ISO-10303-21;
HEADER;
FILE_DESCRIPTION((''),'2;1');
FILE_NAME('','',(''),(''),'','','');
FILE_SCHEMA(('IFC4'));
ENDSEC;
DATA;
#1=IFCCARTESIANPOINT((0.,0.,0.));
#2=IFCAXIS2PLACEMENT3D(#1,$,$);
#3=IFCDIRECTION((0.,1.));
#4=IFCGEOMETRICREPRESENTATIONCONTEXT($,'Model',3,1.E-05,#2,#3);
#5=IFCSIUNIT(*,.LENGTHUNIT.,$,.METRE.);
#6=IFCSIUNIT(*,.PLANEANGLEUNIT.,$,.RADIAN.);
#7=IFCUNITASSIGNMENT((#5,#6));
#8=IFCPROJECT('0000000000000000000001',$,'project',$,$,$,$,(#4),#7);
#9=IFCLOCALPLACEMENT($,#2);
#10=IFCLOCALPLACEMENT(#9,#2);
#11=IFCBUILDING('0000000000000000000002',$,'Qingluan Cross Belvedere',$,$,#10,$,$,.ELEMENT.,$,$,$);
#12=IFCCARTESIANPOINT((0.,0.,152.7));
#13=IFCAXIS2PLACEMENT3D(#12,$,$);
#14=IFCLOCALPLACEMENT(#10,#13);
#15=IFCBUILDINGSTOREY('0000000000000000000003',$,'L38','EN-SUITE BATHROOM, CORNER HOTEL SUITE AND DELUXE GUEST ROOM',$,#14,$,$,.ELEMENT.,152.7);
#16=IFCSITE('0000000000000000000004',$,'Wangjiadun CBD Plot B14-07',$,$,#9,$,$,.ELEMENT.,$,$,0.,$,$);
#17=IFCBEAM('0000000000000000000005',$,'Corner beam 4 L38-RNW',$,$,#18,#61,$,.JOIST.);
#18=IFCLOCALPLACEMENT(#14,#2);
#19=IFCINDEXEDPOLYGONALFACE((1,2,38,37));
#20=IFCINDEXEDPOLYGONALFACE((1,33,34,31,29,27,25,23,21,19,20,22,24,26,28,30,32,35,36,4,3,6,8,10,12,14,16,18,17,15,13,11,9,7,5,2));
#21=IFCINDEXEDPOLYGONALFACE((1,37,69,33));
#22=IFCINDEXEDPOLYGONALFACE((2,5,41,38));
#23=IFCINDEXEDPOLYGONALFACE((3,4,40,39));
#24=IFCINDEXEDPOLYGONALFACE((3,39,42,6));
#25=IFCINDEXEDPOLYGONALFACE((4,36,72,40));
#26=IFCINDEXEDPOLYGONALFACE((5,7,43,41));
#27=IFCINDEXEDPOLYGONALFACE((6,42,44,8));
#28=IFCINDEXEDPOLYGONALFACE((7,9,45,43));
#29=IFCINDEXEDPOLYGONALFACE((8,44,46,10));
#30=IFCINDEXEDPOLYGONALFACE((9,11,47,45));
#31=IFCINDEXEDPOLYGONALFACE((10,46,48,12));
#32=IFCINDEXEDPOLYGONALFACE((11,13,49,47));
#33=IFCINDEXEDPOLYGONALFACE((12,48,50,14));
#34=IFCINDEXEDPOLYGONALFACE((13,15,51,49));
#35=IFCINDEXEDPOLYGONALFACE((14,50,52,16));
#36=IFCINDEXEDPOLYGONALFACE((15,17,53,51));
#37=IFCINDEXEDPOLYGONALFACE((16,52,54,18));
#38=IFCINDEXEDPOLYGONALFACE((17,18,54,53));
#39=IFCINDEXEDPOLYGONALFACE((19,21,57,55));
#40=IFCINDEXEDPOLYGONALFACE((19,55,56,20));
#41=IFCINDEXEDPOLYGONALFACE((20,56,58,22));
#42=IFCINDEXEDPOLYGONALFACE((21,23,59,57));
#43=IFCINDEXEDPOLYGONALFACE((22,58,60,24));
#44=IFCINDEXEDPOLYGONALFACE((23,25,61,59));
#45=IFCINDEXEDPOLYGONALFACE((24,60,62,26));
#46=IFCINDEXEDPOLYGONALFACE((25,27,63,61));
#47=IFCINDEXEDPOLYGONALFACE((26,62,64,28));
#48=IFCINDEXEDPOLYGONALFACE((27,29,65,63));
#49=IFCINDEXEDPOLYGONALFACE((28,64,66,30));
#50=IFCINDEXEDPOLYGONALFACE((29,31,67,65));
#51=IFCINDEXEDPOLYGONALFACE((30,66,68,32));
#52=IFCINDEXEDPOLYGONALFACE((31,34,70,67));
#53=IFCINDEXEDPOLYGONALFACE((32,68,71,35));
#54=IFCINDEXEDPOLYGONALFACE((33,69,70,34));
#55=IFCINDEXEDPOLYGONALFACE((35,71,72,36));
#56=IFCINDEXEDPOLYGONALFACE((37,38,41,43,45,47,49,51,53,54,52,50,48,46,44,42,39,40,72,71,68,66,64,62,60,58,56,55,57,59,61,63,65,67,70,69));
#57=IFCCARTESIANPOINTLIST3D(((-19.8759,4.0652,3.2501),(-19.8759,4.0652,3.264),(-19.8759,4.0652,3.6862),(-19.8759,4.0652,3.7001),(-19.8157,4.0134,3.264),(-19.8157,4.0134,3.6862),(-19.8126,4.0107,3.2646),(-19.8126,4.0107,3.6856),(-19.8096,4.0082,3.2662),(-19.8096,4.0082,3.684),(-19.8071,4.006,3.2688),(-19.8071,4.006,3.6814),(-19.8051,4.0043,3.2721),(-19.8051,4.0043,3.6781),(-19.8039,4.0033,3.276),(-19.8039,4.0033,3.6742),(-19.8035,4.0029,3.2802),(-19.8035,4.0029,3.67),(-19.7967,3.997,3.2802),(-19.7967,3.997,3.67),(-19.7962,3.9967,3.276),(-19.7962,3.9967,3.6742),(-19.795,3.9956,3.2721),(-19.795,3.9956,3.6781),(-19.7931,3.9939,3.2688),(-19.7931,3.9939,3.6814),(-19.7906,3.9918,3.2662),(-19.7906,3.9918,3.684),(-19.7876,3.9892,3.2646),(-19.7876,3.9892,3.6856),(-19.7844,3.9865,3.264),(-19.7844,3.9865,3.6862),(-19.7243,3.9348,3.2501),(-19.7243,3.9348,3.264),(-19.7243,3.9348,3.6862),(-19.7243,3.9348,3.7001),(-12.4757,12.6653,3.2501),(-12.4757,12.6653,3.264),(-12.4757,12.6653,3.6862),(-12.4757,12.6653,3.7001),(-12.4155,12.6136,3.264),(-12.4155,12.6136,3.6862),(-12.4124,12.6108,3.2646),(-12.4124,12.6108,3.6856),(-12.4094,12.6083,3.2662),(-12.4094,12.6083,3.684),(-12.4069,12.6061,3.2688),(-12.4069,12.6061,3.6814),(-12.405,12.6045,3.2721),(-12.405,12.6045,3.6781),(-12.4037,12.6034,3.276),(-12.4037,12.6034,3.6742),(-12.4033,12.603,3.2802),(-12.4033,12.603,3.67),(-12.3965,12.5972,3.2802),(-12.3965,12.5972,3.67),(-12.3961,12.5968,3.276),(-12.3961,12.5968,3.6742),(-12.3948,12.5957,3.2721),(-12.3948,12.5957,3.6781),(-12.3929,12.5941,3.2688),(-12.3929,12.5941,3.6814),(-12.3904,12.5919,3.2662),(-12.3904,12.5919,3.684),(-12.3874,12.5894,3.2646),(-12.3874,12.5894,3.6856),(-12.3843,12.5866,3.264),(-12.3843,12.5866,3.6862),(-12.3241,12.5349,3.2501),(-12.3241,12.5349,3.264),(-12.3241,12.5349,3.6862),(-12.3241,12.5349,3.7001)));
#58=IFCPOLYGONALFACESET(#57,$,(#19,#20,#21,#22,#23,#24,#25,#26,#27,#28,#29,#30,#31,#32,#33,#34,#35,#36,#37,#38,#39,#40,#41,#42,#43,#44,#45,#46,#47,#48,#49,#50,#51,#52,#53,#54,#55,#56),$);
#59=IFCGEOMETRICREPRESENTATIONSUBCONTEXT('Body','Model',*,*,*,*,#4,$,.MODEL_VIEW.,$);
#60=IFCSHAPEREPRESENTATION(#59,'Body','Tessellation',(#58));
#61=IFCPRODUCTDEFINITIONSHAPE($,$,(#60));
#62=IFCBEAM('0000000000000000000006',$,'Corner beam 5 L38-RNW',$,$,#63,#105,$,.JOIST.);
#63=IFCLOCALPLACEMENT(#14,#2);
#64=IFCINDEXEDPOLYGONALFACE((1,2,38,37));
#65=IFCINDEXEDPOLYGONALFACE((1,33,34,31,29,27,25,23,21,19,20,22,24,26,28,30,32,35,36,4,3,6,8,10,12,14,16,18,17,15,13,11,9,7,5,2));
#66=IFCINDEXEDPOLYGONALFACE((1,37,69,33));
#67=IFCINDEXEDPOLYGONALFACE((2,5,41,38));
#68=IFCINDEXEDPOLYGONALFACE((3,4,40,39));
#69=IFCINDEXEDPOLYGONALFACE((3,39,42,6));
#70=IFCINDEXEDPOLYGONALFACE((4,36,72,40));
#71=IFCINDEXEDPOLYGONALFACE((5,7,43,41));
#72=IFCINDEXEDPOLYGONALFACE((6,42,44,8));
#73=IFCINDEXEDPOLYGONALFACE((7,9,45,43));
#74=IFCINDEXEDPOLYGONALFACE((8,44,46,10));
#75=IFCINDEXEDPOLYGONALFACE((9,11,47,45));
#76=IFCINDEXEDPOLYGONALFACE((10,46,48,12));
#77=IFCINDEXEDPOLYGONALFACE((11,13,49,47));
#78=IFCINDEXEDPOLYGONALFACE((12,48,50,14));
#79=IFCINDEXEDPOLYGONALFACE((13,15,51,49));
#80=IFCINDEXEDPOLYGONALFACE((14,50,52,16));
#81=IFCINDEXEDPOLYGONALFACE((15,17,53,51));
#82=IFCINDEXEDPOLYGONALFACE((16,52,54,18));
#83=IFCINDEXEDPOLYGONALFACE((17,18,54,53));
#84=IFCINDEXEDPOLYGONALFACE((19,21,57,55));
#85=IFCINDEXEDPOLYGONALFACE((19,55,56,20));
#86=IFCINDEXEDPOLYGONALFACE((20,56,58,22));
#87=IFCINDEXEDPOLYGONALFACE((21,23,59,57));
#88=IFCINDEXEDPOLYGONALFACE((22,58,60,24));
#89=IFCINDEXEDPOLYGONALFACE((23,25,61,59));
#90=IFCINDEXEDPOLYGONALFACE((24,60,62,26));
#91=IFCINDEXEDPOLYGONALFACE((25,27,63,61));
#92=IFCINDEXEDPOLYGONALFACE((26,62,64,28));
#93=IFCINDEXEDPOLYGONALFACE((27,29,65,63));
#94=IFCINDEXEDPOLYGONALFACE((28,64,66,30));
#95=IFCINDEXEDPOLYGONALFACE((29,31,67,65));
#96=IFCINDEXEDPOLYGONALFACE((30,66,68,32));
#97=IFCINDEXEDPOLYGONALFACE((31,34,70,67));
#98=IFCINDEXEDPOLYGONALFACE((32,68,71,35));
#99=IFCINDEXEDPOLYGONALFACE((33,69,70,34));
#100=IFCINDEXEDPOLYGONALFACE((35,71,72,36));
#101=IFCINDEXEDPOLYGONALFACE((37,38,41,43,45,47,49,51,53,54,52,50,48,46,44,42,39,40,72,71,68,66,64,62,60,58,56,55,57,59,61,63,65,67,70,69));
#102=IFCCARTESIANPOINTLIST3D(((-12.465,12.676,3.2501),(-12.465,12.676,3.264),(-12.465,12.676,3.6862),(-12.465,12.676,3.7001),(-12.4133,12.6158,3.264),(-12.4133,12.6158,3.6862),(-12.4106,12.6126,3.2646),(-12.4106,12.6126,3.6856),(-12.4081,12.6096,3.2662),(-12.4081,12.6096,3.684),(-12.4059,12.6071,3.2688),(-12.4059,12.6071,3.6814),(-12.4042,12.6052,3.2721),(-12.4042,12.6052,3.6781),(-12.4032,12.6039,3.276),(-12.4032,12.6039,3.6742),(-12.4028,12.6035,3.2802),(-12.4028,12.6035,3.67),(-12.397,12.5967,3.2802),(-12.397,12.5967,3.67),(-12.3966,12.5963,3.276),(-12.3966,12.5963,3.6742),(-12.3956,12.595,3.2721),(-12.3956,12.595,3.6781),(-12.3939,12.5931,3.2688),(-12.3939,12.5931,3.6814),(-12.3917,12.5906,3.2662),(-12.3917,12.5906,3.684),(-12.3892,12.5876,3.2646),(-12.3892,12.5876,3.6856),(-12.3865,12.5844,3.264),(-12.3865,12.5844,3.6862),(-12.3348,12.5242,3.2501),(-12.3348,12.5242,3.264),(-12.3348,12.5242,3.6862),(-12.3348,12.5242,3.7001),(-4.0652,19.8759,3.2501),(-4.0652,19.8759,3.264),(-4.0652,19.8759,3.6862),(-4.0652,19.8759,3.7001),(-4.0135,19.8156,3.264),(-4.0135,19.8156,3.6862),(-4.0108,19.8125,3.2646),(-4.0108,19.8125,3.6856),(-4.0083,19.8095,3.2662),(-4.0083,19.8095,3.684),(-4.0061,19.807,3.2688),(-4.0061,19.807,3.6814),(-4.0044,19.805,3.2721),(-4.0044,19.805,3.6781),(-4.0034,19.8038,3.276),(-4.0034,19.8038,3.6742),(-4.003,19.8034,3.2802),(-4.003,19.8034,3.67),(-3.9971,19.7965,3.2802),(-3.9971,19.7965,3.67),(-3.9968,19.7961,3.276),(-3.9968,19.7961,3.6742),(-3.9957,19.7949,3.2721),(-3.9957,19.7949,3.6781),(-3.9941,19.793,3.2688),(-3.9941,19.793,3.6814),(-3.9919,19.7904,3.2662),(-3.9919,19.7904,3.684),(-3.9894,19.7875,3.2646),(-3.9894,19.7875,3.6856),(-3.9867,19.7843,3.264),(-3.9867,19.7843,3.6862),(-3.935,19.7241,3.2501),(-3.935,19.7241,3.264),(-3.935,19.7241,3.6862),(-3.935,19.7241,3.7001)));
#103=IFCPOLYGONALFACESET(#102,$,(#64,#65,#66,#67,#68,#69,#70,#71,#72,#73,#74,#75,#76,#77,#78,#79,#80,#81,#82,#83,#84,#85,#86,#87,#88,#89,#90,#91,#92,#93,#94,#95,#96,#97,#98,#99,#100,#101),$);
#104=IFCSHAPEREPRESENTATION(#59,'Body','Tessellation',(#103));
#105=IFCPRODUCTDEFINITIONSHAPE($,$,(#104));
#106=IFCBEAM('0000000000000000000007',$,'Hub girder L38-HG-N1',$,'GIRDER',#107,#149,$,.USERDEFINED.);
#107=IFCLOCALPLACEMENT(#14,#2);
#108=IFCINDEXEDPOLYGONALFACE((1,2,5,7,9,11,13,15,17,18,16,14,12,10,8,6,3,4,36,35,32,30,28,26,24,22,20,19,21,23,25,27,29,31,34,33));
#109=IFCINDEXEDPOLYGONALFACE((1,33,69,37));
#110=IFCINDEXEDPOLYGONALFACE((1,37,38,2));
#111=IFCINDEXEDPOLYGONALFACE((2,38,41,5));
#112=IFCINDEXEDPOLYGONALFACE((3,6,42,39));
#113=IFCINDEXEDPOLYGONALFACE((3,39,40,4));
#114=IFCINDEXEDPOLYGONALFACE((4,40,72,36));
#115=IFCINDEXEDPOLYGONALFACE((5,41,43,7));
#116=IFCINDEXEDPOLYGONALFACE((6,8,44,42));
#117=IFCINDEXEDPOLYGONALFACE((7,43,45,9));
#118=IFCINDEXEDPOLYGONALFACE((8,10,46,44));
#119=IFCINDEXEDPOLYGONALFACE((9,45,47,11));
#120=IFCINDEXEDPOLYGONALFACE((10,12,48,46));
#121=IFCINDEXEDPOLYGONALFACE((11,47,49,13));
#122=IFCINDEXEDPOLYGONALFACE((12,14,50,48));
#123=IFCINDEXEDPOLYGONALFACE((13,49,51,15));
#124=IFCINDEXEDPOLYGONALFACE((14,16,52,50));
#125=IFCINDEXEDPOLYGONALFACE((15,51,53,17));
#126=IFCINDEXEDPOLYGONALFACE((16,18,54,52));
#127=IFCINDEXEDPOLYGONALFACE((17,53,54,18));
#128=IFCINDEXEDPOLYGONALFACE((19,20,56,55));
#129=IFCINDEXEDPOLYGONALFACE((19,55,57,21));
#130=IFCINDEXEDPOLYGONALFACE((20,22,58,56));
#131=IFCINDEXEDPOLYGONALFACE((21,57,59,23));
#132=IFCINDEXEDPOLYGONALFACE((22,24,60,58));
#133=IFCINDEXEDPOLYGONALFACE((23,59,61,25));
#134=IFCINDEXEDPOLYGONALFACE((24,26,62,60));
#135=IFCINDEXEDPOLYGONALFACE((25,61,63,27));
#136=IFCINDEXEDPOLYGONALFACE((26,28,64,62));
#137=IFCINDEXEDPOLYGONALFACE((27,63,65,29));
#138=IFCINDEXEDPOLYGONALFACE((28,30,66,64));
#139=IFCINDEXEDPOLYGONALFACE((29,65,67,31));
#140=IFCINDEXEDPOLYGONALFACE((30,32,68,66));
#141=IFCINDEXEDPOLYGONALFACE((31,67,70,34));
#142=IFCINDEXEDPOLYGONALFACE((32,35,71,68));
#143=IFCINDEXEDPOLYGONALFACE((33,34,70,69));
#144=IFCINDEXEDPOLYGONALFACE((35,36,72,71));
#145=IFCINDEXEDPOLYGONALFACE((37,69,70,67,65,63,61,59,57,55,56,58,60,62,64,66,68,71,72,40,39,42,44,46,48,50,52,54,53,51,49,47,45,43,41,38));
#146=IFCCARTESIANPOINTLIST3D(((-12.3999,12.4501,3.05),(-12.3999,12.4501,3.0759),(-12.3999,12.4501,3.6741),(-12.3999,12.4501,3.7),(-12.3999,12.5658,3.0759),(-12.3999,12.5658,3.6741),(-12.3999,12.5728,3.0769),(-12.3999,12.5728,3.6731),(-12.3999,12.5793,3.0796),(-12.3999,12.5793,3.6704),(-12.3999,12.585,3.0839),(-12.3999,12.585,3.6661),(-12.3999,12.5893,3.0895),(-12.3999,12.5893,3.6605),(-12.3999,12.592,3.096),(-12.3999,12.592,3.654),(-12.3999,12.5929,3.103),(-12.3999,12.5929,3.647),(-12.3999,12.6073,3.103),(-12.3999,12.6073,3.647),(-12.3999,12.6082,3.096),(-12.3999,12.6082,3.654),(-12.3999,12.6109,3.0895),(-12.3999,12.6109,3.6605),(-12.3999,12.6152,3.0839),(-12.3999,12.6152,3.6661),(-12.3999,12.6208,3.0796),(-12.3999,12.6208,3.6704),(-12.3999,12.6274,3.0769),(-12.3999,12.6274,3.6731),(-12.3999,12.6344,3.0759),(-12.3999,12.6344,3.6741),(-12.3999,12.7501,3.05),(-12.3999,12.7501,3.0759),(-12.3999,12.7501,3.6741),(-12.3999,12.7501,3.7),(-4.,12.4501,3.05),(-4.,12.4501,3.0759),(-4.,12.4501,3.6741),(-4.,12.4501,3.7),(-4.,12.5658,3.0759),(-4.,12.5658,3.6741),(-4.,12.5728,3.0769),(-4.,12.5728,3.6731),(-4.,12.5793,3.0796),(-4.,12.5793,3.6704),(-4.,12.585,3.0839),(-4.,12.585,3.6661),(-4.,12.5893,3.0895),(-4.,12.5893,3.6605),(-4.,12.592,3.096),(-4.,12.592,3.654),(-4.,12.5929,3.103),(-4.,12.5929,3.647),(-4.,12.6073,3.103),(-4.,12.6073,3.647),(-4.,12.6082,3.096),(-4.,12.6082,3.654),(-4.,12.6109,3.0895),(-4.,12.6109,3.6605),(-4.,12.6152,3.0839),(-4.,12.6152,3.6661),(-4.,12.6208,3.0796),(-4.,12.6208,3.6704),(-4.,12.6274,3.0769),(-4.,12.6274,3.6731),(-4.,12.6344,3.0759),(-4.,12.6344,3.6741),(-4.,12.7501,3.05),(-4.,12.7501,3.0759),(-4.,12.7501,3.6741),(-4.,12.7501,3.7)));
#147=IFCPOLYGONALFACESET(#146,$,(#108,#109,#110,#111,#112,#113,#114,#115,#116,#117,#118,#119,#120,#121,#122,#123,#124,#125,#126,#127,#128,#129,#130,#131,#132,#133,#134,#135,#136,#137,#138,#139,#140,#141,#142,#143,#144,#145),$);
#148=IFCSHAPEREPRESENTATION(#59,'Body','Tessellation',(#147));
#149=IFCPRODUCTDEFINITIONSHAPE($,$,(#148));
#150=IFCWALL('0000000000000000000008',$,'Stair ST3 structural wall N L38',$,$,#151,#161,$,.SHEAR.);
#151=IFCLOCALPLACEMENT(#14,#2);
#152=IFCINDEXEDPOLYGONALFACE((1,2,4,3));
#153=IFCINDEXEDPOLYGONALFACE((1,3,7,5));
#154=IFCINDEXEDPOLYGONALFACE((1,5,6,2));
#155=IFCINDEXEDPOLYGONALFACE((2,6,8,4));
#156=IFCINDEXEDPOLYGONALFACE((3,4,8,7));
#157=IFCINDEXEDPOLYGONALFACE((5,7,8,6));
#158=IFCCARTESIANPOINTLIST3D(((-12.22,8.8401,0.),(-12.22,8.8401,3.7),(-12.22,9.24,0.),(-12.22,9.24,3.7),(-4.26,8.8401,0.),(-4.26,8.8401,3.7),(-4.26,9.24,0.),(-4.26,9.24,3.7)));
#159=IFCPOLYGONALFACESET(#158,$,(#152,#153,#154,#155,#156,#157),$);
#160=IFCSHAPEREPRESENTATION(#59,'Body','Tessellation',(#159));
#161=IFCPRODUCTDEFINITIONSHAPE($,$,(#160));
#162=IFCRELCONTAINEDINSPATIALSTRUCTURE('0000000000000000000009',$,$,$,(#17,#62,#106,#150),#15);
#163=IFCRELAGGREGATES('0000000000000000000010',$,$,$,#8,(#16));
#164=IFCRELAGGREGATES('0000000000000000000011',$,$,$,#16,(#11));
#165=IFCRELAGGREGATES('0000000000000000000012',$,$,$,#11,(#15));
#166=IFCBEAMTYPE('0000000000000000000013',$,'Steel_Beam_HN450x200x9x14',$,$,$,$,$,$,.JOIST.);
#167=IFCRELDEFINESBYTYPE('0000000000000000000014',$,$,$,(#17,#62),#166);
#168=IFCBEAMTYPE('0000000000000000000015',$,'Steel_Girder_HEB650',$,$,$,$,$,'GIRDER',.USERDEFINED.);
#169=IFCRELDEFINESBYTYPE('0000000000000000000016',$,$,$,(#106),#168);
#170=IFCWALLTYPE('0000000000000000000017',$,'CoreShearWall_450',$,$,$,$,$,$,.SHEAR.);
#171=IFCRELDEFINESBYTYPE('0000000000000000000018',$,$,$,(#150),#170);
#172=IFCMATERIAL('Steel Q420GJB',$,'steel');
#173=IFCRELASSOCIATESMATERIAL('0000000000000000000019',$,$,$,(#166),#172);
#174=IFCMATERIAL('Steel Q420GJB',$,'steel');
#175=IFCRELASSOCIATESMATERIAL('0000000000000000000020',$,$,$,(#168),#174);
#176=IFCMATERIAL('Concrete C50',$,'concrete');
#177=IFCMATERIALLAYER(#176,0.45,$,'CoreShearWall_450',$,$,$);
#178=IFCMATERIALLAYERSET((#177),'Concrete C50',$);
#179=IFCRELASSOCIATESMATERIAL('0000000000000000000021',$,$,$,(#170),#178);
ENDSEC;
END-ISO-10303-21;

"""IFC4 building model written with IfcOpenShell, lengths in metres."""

from ifc_helpers import new_model, si_unit, direction, frame, frame_2d, origin, origin_2d, place, context, subcontext, project, spatial, rectangle, i_section, extrude, material, layer, layer_set, material_profile, profile_set, type_object, element, save


model = new_model("IFC4")

# Units and contexts
model_context = context("Model", 3, precision=1e-05, world=origin(), true_north=direction((0.0, 1.0)))
body_context = subcontext(model_context, "Body", "Model", "MODEL_VIEW")
ifc_project = project(units=[si_unit("LENGTHUNIT", "METRE"), si_unit("PLANEANGLEUNIT", "RADIAN")], contexts=[model_context])

# Site, building, storey
site_placement = place(None, origin())
site = spatial("IfcSite", under=ifc_project, at=site_placement, Name="Wangjiadun CBD Plot B14-07", CompositionType="ELEMENT", RefElevation=0.0)
building_placement = place(site_placement, origin())
building = spatial("IfcBuilding", under=site, at=building_placement, Name="Qingluan Cross Belvedere", CompositionType="ELEMENT")
storey_placement = place(building_placement, frame((0.0, 0.0, 152.7)))
storey = spatial("IfcBuildingStorey", under=building, at=storey_placement, Name="L38", Description="EN-SUITE BATHROOM, CORNER HOTEL SUITE AND DELUXE GUEST ROOM", CompositionType="ELEMENT", Elevation=152.7)

# Beams
ifc_material_1 = material(Name="Steel Q420GJB", Category="steel")
ifc_material_profile_1 = material_profile(ifc_material_1, i_section(OverallWidth=0.2, OverallDepth=0.45, WebThickness=0.009, FlangeThickness=0.0139, FilletRadius=0.0161, at=origin_2d()), Name="HN450x200x9x14")
ifc_profile_set_1 = profile_set([ifc_material_profile_1], Name="Steel Q420GJB")
beam_type_1 = type_object("IfcBeamType", Name="Steel_Beam_HN450x200x9x14", PredefinedType="JOIST", material=ifc_profile_set_1)
beam_1_placement = place(storey_placement, frame((-12.3999, 12.6001, 3.4751), z_axis=(-0.652245, -0.758008, 0.0), x_axis=(0.758008, -0.652245, 0.0)))
element("IfcBeam", 1, at=beam_1_placement, inside=storey, type_object=beam_type_1, Name="Corner beam 4 L38-RNW", PredefinedType="JOIST", context=body_context, shape_type="SweptSolid", body=[
    extrude(i_section(OverallWidth=0.2, OverallDepth=0.45, WebThickness=0.009, FlangeThickness=0.0139, FilletRadius=0.0161, at=origin_2d()), origin(), (0.0, 0.0, 1.0), 11.3457),
])
beam_2_placement = place(storey_placement, frame((-12.3999, 12.6001, 3.4751), z_axis=(0.759255, 0.650793, 0.0), x_axis=(-0.650793, 0.759255, 0.0)))
element("IfcBeam", 2, at=beam_2_placement, inside=storey, type_object=beam_type_1, Name="Corner beam 5 L38-RNW", PredefinedType="JOIST", context=body_context, shape_type="SweptSolid", body=[
    extrude(i_section(OverallWidth=0.2, OverallDepth=0.45, WebThickness=0.009, FlangeThickness=0.0139, FilletRadius=0.0161, at=origin_2d()), origin(), (0.0, 0.0, 1.0), 11.0632),
])
ifc_material_2 = material(Name="Steel Q420GJB", Category="steel")
ifc_material_profile_2 = material_profile(ifc_material_2, i_section(OverallWidth=0.3, OverallDepth=0.6499, WebThickness=0.0144, FlangeThickness=0.0259, FilletRadius=0.0271, at=origin_2d()), Name="HEB650")
ifc_profile_set_2 = profile_set([ifc_material_profile_2], Name="Steel Q420GJB")
beam_type_2 = type_object("IfcBeamType", Name="Steel_Girder_HEB650", ElementType="GIRDER", PredefinedType="USERDEFINED", material=ifc_profile_set_2)
beam_3_placement = place(storey_placement, frame((-12.3999, 12.6001, 3.375), z_axis=(1.0, 0.0, 0.0), x_axis=(0.0, 1.0, 0.0)))
element("IfcBeam", 3, at=beam_3_placement, inside=storey, type_object=beam_type_2, Name="Hub girder L38-HG-N1", ObjectType="GIRDER", PredefinedType="USERDEFINED", context=body_context, shape_type="SweptSolid", body=[
    extrude(i_section(OverallWidth=0.3, OverallDepth=0.6499, WebThickness=0.0144, FlangeThickness=0.0259, FilletRadius=0.0271, at=origin_2d()), origin(), (0.0, 0.0, 1.0), 8.3999),
])

# Wall
ifc_material_3 = material(Name="Concrete C50", Category="concrete")
ifc_layer_1 = layer(ifc_material_3, 0.45, Name="CoreShearWall_450")
ifc_layer_set_1 = layer_set([ifc_layer_1], Name="Concrete C50")
wall_type_1 = type_object("IfcWallType", Name="CoreShearWall_450", PredefinedType="SHEAR", material=ifc_layer_set_1)
wall_1_placement = place(storey_placement, frame((-12.22, 9.04, 0.0), z_axis=(0.0, 0.0, 1.0), x_axis=(1.0, 0.0, 0.0)))
element("IfcWall", 4, at=wall_1_placement, inside=storey, type_object=wall_type_1, Name="Stair ST3 structural wall N L38", PredefinedType="SHEAR", context=body_context, shape_type="SweptSolid", body=[
    extrude(rectangle(XDim=7.96, YDim=0.3999, at=frame_2d((3.98, 0.0))), origin(), (0.0, 0.0, 1.0), 3.7),
])

save(model, "model.ifc")
